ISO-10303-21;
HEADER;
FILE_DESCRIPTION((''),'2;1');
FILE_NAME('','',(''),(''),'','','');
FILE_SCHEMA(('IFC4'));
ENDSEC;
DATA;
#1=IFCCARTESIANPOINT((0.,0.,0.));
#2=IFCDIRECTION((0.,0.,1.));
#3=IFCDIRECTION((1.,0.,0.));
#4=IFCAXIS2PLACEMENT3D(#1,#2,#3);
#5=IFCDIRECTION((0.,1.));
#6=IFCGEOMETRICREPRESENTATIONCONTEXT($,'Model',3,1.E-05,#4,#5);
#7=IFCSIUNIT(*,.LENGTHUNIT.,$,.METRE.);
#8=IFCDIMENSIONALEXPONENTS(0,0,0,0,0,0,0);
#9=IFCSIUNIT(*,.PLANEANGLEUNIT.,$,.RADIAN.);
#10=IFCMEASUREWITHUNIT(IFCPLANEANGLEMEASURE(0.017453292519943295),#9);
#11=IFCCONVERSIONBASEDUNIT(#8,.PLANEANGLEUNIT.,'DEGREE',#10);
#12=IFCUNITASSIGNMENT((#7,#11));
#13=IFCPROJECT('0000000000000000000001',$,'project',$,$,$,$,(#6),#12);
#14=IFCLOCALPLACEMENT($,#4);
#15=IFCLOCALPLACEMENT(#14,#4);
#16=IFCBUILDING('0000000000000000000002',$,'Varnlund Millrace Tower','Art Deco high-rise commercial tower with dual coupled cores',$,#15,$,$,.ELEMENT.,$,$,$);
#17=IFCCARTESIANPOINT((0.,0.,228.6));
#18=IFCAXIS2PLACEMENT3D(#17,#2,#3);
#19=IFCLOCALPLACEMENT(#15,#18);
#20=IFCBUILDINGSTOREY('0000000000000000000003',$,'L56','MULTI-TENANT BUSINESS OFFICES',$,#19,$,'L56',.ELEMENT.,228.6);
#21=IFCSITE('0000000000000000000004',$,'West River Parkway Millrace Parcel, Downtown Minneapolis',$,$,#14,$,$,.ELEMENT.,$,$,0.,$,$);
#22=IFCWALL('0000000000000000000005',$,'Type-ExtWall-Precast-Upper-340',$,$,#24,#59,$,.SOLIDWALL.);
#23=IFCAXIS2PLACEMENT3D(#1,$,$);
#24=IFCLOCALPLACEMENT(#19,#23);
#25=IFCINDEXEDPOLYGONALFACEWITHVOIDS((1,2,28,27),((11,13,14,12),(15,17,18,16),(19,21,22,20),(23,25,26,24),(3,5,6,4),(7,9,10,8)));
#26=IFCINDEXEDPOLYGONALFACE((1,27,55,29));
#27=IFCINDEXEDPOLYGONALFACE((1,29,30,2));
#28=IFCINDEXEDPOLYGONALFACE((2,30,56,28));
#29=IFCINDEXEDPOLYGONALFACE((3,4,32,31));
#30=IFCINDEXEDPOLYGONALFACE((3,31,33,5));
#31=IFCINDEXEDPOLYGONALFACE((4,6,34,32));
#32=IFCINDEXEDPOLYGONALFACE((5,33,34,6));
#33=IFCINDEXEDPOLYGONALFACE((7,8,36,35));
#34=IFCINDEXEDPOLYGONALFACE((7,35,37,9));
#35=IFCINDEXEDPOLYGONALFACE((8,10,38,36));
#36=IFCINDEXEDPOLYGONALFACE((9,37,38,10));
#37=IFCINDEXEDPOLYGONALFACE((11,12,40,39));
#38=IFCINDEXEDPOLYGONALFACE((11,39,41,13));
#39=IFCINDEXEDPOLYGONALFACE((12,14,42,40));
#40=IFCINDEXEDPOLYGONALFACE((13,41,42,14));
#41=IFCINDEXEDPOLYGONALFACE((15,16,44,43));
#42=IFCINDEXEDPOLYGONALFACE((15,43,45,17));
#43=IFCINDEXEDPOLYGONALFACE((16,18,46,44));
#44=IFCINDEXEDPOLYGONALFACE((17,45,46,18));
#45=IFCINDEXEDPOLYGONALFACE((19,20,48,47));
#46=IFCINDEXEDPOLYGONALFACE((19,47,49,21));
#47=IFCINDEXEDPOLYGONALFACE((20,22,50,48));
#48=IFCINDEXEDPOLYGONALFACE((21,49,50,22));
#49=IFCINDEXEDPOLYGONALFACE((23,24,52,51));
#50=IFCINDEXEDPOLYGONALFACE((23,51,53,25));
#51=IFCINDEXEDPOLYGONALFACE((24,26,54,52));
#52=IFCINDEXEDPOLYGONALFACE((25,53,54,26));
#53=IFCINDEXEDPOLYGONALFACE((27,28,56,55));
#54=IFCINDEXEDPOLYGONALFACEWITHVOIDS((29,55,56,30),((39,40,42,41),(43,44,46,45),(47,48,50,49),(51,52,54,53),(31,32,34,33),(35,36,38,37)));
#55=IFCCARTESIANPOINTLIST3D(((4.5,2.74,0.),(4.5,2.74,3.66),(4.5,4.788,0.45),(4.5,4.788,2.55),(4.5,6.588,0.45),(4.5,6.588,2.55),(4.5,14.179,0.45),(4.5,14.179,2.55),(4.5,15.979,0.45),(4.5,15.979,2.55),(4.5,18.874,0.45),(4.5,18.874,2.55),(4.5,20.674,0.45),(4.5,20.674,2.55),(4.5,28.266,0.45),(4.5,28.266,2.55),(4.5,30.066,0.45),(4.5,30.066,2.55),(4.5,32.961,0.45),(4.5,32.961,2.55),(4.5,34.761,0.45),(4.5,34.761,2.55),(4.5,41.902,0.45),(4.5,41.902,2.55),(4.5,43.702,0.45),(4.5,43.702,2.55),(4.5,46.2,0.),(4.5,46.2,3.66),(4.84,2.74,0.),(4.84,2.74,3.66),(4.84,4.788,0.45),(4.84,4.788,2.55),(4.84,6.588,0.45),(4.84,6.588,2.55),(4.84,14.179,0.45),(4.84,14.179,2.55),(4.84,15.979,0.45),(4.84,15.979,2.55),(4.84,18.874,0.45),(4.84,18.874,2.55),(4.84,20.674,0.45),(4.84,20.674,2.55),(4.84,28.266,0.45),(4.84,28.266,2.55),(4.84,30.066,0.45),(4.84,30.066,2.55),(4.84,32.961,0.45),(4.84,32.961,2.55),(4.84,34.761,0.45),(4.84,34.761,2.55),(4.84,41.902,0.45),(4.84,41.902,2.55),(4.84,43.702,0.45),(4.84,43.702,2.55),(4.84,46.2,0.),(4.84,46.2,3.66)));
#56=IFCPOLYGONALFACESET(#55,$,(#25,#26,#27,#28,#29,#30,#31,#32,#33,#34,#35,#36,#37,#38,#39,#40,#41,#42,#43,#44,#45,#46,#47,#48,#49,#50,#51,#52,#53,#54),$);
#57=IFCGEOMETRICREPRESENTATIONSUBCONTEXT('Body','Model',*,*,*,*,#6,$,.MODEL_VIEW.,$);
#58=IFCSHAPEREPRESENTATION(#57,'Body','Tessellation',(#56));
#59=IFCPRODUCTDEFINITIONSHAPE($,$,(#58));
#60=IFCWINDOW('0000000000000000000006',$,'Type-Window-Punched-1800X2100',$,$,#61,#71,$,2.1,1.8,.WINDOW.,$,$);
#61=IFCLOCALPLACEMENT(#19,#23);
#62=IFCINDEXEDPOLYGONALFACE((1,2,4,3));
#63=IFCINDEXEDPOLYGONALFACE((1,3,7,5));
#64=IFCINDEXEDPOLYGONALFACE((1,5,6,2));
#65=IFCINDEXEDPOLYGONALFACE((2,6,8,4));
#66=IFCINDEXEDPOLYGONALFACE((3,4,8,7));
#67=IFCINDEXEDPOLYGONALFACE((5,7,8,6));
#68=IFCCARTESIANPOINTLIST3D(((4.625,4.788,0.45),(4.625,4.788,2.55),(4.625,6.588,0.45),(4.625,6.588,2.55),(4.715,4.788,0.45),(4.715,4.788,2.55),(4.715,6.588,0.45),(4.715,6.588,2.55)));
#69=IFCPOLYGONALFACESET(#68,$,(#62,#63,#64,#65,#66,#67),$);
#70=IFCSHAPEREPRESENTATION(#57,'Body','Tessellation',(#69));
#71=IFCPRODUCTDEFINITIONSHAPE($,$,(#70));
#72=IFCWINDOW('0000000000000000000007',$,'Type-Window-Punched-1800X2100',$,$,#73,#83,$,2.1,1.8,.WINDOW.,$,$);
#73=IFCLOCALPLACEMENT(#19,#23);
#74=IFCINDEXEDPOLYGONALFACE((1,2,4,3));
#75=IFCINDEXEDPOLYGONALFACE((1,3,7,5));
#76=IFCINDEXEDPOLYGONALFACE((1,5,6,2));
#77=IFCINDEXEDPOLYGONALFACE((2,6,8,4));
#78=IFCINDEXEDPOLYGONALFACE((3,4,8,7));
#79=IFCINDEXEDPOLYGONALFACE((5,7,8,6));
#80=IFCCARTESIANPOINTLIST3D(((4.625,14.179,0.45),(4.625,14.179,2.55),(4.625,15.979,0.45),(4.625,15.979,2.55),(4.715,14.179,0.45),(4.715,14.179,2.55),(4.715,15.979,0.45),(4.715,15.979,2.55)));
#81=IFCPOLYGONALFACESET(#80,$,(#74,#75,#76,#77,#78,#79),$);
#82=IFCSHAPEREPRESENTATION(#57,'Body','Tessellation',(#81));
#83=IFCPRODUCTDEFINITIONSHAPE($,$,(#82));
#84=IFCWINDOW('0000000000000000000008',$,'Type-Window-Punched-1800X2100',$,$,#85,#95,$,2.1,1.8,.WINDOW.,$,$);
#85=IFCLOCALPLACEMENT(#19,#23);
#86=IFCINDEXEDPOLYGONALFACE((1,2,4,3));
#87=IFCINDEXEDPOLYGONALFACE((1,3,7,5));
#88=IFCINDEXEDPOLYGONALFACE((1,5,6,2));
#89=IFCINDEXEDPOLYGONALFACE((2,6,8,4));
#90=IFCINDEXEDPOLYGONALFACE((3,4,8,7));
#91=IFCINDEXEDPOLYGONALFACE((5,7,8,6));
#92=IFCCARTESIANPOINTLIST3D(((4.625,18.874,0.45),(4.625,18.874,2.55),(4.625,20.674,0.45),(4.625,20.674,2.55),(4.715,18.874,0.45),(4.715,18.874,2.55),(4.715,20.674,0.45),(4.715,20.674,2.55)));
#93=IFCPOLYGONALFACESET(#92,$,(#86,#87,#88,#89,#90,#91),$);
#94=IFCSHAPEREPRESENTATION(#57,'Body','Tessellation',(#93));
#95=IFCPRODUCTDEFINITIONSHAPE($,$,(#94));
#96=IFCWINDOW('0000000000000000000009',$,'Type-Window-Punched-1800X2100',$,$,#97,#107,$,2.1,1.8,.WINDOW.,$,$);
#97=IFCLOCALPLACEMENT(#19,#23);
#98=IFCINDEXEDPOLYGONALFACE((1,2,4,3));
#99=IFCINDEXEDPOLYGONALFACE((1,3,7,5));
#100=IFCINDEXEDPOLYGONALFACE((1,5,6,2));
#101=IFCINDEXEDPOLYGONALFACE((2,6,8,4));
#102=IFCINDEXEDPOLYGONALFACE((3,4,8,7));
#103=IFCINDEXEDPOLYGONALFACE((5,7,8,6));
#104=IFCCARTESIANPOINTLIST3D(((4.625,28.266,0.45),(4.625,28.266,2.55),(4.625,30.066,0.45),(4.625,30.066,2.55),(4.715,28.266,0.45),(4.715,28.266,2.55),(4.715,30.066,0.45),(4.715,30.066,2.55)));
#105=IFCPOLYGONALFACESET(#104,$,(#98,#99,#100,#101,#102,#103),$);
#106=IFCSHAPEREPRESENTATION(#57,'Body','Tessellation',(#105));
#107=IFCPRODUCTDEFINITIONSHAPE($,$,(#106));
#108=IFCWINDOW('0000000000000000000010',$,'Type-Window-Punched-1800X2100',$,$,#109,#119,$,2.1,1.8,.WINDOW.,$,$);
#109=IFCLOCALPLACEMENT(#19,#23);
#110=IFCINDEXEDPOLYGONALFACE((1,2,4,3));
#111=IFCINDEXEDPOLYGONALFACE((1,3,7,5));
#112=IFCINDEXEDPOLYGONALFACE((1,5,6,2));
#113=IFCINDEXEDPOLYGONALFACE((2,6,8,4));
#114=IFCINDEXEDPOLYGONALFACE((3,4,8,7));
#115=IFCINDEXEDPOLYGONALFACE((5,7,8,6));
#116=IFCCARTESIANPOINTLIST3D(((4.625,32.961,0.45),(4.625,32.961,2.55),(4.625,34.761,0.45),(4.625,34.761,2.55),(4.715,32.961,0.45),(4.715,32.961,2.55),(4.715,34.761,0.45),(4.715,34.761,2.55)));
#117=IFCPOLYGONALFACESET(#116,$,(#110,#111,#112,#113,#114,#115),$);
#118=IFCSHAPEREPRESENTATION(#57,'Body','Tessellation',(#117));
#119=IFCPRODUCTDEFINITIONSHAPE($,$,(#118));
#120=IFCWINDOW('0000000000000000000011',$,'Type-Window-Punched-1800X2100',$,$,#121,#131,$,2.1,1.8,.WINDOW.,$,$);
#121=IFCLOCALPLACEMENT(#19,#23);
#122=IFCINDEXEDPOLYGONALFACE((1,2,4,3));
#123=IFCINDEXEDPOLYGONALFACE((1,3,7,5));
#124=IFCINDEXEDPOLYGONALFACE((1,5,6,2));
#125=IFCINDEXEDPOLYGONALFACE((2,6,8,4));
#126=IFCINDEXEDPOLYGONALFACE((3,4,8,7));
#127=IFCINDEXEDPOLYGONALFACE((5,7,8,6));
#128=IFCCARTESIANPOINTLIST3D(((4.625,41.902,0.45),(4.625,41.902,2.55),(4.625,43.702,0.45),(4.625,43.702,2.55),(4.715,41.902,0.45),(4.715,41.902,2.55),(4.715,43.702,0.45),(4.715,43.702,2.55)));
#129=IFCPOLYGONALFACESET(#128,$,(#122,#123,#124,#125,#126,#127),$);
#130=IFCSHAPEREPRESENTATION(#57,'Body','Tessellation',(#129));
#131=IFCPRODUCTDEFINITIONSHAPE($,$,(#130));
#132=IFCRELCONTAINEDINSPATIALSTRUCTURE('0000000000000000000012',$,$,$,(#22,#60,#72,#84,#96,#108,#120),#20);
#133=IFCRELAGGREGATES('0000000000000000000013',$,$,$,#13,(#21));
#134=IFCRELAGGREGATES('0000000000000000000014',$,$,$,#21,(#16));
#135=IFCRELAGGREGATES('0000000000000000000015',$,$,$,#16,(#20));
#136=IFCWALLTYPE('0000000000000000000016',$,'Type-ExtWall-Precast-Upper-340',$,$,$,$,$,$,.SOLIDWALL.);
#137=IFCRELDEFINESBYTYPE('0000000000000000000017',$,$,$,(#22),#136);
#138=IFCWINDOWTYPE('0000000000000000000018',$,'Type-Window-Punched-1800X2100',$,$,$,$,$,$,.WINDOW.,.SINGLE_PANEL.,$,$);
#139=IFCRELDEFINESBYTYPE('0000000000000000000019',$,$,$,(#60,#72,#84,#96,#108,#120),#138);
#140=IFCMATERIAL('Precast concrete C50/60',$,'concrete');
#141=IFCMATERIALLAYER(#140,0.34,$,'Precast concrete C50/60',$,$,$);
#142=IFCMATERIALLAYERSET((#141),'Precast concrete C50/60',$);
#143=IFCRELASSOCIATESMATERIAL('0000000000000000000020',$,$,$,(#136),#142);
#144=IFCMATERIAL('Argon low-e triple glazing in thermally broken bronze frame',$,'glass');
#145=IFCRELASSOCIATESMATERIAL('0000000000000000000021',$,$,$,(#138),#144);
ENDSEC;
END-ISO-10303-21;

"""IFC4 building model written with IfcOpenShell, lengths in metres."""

from ifc_helpers import new_model, entity, si_unit, converted_unit, direction, frame, origin_with_axes, origin_2d_with_axis, place, context, subcontext, project, spatial, polyline, rectangle, outline, extrude, material, layer, layer_set, type_object, element, fill, save


model = new_model("IFC4")

# Units and contexts
model_context = context("Model", 3, precision=1e-05, world=origin_with_axes(), true_north=direction((0.0, 1.0)))
body_context = subcontext(model_context, "Body", "Model", "MODEL_VIEW")
ifc_project = project(units=[si_unit("LENGTHUNIT", "METRE"), converted_unit("PLANEANGLEUNIT", "DEGREE", entity("IfcPlaneAngleMeasure", 0.017453292519943295), si_unit("PLANEANGLEUNIT", "RADIAN"), dimensions=[0, 0, 0, 0, 0, 0, 0])], contexts=[model_context])

# Site, building, storey
site_placement = place(None, origin_with_axes())
site = spatial("IfcSite", under=ifc_project, at=site_placement, Name="West River Parkway Millrace Parcel, Downtown Minneapolis", CompositionType="ELEMENT", RefElevation=0.0)
building_placement = place(site_placement, origin_with_axes())
building = spatial("IfcBuilding", under=site, at=building_placement, Name="Varnlund Millrace Tower", Description="Art Deco high-rise commercial tower with dual coupled cores", CompositionType="ELEMENT")
storey_placement = place(building_placement, frame((0.0, 0.0, 228.6), z_axis=(0.0, 0.0, 1.0), x_axis=(1.0, 0.0, 0.0)))
storey = spatial("IfcBuildingStorey", under=building, at=storey_placement, Name="L56", Description="MULTI-TENANT BUSINESS OFFICES", LongName="L56", CompositionType="ELEMENT", Elevation=228.6)

# Shared definitions
ifc_material_1 = material(Name="Precast concrete C50/60", Category="concrete")
ifc_layer_1 = layer(ifc_material_1, 0.34, Name="Precast concrete C50/60")
ifc_layer_set_1 = layer_set([ifc_layer_1], Name="Precast concrete C50/60")
wall_type = type_object("IfcWallType", Name="Type-ExtWall-Precast-Upper-340", PredefinedType="SOLIDWALL", material=ifc_layer_set_1)

# Wall, openings, windows
wall_1_placement = place(storey_placement, frame((4.67, 2.74, 0.0), z_axis=(0.0, 0.0, 1.0), x_axis=(0.0, 1.0, 0.0)))
wall_1 = element("IfcWall", 1, at=wall_1_placement, inside=storey, type_object=wall_type, Name="Type-ExtWall-Precast-Upper-340", PredefinedType="SOLIDWALL", context=body_context, shape_type="SweptSolid", body=[
    extrude(outline(polyline([(0.0, -0.17), (43.46, -0.17), (43.46, 0.17), (0.0, 0.17), (0.0, -0.17)])), origin_with_axes(), (0.0, 0.0, 1.0), 3.66),
])
opening_1_placement = place(wall_1_placement, frame((2.948, 0.0, 0.45), z_axis=(0.0, 0.0, 1.0), x_axis=(1.0, 0.0, 0.0)))
opening_1 = element("IfcOpeningElement", 2, at=opening_1_placement, cuts=wall_1, PredefinedType="OPENING", context=body_context, shape_type="SweptSolid", body=[
    extrude(rectangle(XDim=1.8, YDim=0.36, at=origin_2d_with_axis()), origin_with_axes(), (0.0, 0.0, 1.0), 2.1),
])
opening_2_placement = place(wall_1_placement, frame((12.339, 0.0, 0.45), z_axis=(0.0, 0.0, 1.0), x_axis=(1.0, 0.0, 0.0)))
opening_2 = element("IfcOpeningElement", 3, at=opening_2_placement, cuts=wall_1, PredefinedType="OPENING", context=body_context, shape_type="SweptSolid", body=[
    extrude(rectangle(XDim=1.8, YDim=0.36, at=origin_2d_with_axis()), origin_with_axes(), (0.0, 0.0, 1.0), 2.1),
])
opening_3_placement = place(wall_1_placement, frame((17.034, 0.0, 0.45), z_axis=(0.0, 0.0, 1.0), x_axis=(1.0, 0.0, 0.0)))
opening_3 = element("IfcOpeningElement", 4, at=opening_3_placement, cuts=wall_1, PredefinedType="OPENING", context=body_context, shape_type="SweptSolid", body=[
    extrude(rectangle(XDim=1.8, YDim=0.36, at=origin_2d_with_axis()), origin_with_axes(), (0.0, 0.0, 1.0), 2.1),
])
opening_4_placement = place(wall_1_placement, frame((26.426, 0.0, 0.45), z_axis=(0.0, 0.0, 1.0), x_axis=(1.0, 0.0, 0.0)))
opening_4 = element("IfcOpeningElement", 5, at=opening_4_placement, cuts=wall_1, PredefinedType="OPENING", context=body_context, shape_type="SweptSolid", body=[
    extrude(rectangle(XDim=1.8, YDim=0.36, at=origin_2d_with_axis()), origin_with_axes(), (0.0, 0.0, 1.0), 2.1),
])
opening_5_placement = place(wall_1_placement, frame((31.121, 0.0, 0.45), z_axis=(0.0, 0.0, 1.0), x_axis=(1.0, 0.0, 0.0)))
opening_5 = element("IfcOpeningElement", 6, at=opening_5_placement, cuts=wall_1, PredefinedType="OPENING", context=body_context, shape_type="SweptSolid", body=[
    extrude(rectangle(XDim=1.8, YDim=0.36, at=origin_2d_with_axis()), origin_with_axes(), (0.0, 0.0, 1.0), 2.1),
])
opening_6_placement = place(wall_1_placement, frame((40.062, 0.0, 0.45), z_axis=(0.0, 0.0, 1.0), x_axis=(1.0, 0.0, 0.0)))
opening_6 = element("IfcOpeningElement", 7, at=opening_6_placement, cuts=wall_1, PredefinedType="OPENING", context=body_context, shape_type="SweptSolid", body=[
    extrude(rectangle(XDim=1.8, YDim=0.36, at=origin_2d_with_axis()), origin_with_axes(), (0.0, 0.0, 1.0), 2.1),
])
ifc_material_2 = material(Name="Argon low-e triple glazing in thermally broken bronze frame", Category="glass")
window_type = type_object("IfcWindowType", Name="Type-Window-Punched-1800X2100", PartitioningType="SINGLE_PANEL", PredefinedType="WINDOW", material=ifc_material_2)
window_1_placement = place(wall_1_placement, frame((2.948, 0.0, 0.45), z_axis=(0.0, 0.0, 1.0), x_axis=(1.0, 0.0, 0.0)))
window_1 = element("IfcWindow", 8, at=window_1_placement, inside=storey, type_object=window_type, Name="Type-Window-Punched-1800X2100", OverallHeight=2.1, OverallWidth=1.8, PredefinedType="WINDOW", context=body_context, shape_type="SweptSolid", body=[
    extrude(rectangle(XDim=1.8, YDim=0.09, at=origin_2d_with_axis()), origin_with_axes(), (0.0, 0.0, 1.0), 2.1),
])
fill(opening_1, window_1)
window_2_placement = place(wall_1_placement, frame((12.339, 0.0, 0.45), z_axis=(0.0, 0.0, 1.0), x_axis=(1.0, 0.0, 0.0)))
window_2 = element("IfcWindow", 9, at=window_2_placement, inside=storey, type_object=window_type, Name="Type-Window-Punched-1800X2100", OverallHeight=2.1, OverallWidth=1.8, PredefinedType="WINDOW", context=body_context, shape_type="SweptSolid", body=[
    extrude(rectangle(XDim=1.8, YDim=0.09, at=origin_2d_with_axis()), origin_with_axes(), (0.0, 0.0, 1.0), 2.1),
])
fill(opening_2, window_2)
window_3_placement = place(wall_1_placement, frame((17.034, 0.0, 0.45), z_axis=(0.0, 0.0, 1.0), x_axis=(1.0, 0.0, 0.0)))
window_3 = element("IfcWindow", 10, at=window_3_placement, inside=storey, type_object=window_type, Name="Type-Window-Punched-1800X2100", OverallHeight=2.1, OverallWidth=1.8, PredefinedType="WINDOW", context=body_context, shape_type="SweptSolid", body=[
    extrude(rectangle(XDim=1.8, YDim=0.09, at=origin_2d_with_axis()), origin_with_axes(), (0.0, 0.0, 1.0), 2.1),
])
fill(opening_3, window_3)
window_4_placement = place(wall_1_placement, frame((26.426, 0.0, 0.45), z_axis=(0.0, 0.0, 1.0), x_axis=(1.0, 0.0, 0.0)))
window_4 = element("IfcWindow", 11, at=window_4_placement, inside=storey, type_object=window_type, Name="Type-Window-Punched-1800X2100", OverallHeight=2.1, OverallWidth=1.8, PredefinedType="WINDOW", context=body_context, shape_type="SweptSolid", body=[
    extrude(rectangle(XDim=1.8, YDim=0.09, at=origin_2d_with_axis()), origin_with_axes(), (0.0, 0.0, 1.0), 2.1),
])
fill(opening_4, window_4)
window_5_placement = place(wall_1_placement, frame((31.121, 0.0, 0.45), z_axis=(0.0, 0.0, 1.0), x_axis=(1.0, 0.0, 0.0)))
window_5 = element("IfcWindow", 12, at=window_5_placement, inside=storey, type_object=window_type, Name="Type-Window-Punched-1800X2100", OverallHeight=2.1, OverallWidth=1.8, PredefinedType="WINDOW", context=body_context, shape_type="SweptSolid", body=[
    extrude(rectangle(XDim=1.8, YDim=0.09, at=origin_2d_with_axis()), origin_with_axes(), (0.0, 0.0, 1.0), 2.1),
])
fill(opening_5, window_5)
window_6_placement = place(wall_1_placement, frame((40.062, 0.0, 0.45), z_axis=(0.0, 0.0, 1.0), x_axis=(1.0, 0.0, 0.0)))
window_6 = element("IfcWindow", 13, at=window_6_placement, inside=storey, type_object=window_type, Name="Type-Window-Punched-1800X2100", OverallHeight=2.1, OverallWidth=1.8, PredefinedType="WINDOW", context=body_context, shape_type="SweptSolid", body=[
    extrude(rectangle(XDim=1.8, YDim=0.09, at=origin_2d_with_axis()), origin_with_axes(), (0.0, 0.0, 1.0), 2.1),
])
fill(opening_6, window_6)

save(model, "model.ifc")
